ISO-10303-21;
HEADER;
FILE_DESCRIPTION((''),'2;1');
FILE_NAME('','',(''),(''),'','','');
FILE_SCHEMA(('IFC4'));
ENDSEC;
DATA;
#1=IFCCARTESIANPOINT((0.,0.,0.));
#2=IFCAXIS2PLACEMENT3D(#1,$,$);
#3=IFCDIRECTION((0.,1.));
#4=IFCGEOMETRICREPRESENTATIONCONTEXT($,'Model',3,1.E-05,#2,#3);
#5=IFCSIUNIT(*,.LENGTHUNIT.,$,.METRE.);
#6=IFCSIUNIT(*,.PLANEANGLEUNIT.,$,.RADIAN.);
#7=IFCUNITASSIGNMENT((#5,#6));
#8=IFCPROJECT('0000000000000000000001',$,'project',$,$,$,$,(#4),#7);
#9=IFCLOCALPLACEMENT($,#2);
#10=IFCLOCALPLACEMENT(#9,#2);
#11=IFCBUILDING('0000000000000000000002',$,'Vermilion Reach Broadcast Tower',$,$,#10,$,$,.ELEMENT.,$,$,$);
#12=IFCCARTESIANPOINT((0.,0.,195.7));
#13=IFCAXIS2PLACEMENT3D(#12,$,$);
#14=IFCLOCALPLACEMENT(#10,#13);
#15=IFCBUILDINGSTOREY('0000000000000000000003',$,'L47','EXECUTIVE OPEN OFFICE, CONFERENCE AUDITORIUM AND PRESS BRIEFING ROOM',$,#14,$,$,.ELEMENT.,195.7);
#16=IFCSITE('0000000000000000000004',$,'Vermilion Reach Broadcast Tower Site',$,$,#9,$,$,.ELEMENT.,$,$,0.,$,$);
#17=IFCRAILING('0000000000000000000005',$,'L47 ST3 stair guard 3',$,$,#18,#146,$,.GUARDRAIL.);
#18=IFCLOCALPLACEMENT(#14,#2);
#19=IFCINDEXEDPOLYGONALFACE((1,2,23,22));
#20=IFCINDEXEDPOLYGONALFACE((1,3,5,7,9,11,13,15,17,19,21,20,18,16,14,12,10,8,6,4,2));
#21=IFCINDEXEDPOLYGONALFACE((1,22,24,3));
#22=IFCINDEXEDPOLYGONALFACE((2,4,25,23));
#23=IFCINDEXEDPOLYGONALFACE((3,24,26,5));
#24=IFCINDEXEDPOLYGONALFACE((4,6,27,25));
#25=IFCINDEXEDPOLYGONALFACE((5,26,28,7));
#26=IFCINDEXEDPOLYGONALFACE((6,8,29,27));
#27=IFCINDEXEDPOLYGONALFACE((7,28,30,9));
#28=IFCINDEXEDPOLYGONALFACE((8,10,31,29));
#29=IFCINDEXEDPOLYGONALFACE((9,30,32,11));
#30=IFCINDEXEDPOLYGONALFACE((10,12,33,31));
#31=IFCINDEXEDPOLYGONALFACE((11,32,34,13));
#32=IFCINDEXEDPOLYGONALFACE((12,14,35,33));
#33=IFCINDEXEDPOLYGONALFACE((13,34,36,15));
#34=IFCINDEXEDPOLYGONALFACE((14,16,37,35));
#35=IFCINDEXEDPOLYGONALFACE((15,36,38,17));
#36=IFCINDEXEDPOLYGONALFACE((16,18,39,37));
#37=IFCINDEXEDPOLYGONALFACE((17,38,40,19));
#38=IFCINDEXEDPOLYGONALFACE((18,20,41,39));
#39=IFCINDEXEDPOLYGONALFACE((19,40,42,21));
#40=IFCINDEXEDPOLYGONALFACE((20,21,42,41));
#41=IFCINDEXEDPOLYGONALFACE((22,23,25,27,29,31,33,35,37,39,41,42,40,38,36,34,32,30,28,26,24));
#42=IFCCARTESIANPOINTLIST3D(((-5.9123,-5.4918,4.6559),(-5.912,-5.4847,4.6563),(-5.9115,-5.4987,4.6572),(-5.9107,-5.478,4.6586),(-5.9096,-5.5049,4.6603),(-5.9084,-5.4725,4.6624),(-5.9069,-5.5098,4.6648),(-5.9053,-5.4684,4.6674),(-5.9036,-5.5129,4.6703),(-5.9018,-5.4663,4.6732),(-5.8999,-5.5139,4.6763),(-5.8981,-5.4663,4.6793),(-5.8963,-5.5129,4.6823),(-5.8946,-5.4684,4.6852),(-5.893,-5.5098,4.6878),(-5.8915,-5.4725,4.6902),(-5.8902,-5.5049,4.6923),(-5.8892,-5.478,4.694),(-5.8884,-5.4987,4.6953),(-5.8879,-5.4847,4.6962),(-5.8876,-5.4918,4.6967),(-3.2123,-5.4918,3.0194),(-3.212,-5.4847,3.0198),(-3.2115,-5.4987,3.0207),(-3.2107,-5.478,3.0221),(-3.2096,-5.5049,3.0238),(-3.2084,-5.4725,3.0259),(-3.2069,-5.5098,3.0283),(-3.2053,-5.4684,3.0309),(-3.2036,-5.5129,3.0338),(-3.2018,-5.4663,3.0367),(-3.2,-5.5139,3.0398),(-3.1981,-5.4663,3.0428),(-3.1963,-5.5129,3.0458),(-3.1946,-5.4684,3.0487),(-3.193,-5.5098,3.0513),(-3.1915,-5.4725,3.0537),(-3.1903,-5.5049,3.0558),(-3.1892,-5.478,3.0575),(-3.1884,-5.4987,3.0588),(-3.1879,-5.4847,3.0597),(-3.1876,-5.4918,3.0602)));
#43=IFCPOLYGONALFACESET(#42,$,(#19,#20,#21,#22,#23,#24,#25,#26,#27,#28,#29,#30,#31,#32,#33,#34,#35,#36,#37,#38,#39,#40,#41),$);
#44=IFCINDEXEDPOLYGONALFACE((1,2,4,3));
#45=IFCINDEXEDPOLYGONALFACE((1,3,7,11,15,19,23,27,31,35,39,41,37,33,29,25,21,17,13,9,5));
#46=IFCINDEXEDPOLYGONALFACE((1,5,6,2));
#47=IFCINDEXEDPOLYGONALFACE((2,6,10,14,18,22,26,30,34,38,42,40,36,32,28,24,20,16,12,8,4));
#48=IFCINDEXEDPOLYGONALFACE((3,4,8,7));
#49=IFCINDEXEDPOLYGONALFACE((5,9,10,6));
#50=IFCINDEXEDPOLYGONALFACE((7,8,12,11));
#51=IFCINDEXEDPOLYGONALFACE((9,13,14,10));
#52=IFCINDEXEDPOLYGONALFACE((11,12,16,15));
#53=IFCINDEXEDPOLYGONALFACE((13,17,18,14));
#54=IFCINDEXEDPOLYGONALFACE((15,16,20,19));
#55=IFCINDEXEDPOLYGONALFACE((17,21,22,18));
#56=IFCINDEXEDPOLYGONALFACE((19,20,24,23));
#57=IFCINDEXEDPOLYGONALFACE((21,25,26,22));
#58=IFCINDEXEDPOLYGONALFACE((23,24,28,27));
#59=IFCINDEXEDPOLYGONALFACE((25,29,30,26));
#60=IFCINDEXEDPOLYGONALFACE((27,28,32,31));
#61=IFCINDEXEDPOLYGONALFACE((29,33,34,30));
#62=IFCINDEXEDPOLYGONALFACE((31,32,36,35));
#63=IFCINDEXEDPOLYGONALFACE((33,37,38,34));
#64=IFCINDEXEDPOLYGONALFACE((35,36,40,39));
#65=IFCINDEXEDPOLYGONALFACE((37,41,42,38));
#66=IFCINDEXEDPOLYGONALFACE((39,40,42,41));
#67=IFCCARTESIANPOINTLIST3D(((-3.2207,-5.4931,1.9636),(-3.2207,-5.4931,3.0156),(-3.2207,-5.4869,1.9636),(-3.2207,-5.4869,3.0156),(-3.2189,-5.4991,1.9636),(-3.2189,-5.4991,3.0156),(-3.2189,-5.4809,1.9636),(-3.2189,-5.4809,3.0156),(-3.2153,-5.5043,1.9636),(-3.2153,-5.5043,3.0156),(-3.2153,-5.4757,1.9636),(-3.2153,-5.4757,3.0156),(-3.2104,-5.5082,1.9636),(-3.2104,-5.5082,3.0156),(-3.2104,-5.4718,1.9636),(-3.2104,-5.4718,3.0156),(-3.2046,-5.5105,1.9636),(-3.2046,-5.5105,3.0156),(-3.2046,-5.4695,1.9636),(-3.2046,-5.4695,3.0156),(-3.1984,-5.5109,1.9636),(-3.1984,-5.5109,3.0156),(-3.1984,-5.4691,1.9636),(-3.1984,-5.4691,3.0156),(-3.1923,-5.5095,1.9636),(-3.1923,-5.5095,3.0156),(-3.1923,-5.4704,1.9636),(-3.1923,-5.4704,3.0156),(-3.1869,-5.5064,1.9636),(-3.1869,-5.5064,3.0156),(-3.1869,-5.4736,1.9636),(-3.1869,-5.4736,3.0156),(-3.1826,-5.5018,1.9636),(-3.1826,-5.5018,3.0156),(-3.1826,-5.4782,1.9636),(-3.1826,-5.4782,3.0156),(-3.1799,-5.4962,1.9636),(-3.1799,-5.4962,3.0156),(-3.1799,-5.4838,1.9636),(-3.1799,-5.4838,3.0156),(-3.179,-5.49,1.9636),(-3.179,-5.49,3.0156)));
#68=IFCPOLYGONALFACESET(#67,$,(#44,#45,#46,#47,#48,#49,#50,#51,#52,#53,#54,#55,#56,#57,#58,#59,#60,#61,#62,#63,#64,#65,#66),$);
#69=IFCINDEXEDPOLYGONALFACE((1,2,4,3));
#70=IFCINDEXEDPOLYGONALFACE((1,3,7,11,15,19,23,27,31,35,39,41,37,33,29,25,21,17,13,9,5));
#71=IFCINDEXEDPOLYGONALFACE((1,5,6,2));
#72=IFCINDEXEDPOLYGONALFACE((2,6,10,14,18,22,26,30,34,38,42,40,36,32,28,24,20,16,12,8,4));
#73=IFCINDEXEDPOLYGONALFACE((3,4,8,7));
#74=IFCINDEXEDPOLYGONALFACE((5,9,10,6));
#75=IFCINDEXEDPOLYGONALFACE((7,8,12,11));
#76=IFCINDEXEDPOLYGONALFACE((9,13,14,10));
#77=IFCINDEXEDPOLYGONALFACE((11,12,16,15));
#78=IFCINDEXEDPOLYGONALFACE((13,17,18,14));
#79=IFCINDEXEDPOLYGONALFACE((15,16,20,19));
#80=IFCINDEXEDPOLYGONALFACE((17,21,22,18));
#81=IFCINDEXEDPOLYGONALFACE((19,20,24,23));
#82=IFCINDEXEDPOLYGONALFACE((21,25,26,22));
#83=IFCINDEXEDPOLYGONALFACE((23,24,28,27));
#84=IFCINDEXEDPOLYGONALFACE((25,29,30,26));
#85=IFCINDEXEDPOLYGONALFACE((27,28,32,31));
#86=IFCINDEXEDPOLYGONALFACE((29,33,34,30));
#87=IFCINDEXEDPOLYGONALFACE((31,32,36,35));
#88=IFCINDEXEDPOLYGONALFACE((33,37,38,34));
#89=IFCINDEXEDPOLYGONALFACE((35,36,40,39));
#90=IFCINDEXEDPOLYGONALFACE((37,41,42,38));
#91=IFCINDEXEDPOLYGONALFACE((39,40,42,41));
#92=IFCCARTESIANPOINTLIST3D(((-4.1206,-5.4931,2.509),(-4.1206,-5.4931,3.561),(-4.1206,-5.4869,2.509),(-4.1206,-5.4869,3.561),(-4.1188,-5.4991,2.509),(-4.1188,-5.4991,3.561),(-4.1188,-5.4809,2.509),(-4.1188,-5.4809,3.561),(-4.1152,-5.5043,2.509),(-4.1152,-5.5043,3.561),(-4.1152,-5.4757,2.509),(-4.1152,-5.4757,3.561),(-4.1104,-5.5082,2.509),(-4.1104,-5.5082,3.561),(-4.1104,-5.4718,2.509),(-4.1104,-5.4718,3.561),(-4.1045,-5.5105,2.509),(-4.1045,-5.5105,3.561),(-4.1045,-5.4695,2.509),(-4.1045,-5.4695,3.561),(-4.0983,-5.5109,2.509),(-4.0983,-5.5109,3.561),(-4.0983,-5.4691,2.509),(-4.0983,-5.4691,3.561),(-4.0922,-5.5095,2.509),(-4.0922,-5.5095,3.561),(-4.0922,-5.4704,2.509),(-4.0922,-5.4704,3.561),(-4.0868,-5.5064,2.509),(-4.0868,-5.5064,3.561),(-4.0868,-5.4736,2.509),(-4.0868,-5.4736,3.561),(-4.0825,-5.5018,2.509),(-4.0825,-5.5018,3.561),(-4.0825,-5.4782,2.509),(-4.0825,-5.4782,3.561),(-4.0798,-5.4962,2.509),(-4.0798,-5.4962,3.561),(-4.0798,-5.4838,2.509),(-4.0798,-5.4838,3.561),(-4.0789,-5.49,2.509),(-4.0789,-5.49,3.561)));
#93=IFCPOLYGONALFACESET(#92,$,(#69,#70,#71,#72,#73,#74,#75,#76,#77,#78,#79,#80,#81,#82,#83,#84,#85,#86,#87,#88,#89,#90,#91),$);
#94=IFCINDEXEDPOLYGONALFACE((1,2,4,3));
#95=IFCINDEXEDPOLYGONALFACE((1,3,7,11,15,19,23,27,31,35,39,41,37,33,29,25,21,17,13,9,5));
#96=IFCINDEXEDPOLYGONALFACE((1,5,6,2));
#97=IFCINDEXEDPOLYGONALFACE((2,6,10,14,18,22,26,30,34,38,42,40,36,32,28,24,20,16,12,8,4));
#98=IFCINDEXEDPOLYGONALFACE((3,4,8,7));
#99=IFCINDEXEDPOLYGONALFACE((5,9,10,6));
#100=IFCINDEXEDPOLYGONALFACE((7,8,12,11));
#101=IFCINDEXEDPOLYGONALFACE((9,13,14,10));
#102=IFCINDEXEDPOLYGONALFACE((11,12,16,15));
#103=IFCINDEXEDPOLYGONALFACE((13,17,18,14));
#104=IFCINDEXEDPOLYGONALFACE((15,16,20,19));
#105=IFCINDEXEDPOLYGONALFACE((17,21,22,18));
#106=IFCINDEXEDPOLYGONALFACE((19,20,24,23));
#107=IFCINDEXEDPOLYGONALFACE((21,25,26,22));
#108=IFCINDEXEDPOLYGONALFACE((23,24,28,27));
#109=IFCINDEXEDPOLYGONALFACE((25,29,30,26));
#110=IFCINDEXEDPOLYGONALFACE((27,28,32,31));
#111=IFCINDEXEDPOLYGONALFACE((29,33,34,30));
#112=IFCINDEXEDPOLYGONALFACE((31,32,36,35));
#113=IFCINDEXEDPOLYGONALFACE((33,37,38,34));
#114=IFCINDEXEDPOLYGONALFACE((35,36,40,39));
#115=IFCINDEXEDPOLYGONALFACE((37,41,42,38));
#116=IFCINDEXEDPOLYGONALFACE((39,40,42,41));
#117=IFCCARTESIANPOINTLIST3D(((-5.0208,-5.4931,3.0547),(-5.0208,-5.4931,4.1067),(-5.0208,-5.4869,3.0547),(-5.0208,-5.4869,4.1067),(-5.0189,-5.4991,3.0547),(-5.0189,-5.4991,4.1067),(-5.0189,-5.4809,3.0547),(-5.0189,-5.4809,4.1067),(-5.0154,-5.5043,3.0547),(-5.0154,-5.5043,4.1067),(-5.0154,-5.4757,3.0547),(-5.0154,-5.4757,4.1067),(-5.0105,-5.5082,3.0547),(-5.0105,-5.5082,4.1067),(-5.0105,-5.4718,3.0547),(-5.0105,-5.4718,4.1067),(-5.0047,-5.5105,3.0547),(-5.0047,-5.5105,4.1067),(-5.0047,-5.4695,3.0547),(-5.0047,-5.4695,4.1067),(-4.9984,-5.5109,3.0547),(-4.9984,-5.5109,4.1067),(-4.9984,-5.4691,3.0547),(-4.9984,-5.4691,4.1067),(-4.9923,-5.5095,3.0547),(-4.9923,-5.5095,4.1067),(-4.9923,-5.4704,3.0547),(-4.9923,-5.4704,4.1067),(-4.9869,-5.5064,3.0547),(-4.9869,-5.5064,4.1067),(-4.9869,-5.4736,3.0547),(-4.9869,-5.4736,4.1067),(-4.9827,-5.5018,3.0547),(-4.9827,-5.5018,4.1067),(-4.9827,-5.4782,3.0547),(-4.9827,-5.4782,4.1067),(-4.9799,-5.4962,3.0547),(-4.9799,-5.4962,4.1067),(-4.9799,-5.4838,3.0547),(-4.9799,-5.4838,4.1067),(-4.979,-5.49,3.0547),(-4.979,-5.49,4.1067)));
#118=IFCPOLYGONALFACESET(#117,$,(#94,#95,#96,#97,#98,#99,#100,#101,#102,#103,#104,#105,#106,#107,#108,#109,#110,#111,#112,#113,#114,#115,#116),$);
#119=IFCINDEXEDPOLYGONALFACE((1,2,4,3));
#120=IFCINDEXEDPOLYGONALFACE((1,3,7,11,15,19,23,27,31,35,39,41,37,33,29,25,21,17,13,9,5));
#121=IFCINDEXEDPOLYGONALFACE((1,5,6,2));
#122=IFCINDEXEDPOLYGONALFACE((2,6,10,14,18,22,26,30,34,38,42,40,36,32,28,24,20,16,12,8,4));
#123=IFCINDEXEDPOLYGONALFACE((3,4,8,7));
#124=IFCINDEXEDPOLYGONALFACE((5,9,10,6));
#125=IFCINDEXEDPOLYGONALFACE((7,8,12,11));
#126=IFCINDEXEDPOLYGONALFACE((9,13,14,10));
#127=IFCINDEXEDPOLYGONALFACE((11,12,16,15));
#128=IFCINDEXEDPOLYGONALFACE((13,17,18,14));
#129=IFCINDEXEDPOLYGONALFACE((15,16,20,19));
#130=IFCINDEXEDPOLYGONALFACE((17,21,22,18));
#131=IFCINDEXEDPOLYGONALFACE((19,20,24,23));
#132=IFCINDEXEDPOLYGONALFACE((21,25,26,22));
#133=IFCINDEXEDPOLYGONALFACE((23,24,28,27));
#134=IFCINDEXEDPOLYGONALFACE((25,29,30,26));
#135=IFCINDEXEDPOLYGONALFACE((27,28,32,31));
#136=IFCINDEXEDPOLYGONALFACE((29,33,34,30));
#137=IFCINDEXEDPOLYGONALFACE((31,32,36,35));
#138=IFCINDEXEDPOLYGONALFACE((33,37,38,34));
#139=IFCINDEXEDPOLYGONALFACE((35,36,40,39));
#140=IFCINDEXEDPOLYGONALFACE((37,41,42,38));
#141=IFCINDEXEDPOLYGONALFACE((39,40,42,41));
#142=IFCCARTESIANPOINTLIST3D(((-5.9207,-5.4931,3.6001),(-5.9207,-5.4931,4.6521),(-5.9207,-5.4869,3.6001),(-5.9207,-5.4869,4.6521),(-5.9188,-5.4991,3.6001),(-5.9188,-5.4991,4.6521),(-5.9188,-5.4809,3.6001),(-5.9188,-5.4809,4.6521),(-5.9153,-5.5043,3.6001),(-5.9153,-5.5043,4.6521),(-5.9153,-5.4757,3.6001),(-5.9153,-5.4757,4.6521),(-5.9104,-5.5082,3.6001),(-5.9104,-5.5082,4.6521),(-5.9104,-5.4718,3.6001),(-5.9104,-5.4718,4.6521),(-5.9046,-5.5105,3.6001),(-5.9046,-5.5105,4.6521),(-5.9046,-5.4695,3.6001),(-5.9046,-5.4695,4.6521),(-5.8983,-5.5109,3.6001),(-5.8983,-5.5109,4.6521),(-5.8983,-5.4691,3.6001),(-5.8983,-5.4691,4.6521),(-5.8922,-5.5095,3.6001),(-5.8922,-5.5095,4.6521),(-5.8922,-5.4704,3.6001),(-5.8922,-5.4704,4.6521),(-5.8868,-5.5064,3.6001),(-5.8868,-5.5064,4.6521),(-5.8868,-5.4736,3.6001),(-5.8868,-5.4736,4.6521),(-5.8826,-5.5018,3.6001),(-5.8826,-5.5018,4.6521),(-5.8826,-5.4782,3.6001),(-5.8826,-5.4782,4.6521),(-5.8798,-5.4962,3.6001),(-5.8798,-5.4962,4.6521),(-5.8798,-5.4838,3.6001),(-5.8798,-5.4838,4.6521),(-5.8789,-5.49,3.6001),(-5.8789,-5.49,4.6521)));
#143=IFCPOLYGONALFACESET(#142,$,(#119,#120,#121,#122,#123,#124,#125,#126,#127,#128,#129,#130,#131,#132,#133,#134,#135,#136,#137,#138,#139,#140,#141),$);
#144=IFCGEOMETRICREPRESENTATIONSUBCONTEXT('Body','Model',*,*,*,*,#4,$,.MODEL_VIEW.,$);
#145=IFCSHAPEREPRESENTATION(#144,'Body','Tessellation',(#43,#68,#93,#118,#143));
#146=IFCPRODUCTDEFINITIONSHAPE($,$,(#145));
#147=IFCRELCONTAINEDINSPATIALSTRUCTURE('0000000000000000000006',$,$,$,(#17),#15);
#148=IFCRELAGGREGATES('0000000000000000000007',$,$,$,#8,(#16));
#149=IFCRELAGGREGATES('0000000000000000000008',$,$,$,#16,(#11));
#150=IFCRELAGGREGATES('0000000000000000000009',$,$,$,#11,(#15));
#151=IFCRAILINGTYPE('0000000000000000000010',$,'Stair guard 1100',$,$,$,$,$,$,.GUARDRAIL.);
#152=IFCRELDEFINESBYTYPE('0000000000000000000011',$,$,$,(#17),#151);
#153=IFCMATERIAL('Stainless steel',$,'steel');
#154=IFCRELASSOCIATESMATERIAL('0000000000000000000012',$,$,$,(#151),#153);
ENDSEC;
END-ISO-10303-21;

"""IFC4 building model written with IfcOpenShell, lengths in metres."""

from ifc_helpers import new_model, si_unit, direction, frame, origin, origin_2d, place, context, subcontext, project, spatial, circle, extrude, material, type_object, element, save


model = new_model("IFC4")

# Units and contexts
model_context = context("Model", 3, precision=1e-05, world=origin(), true_north=direction((0.0, 1.0)))
body_context = subcontext(model_context, "Body", "Model", "MODEL_VIEW")
ifc_project = project(units=[si_unit("LENGTHUNIT", "METRE"), si_unit("PLANEANGLEUNIT", "RADIAN")], contexts=[model_context])

# Site, building, storey
site_placement = place(None, origin())
site = spatial("IfcSite", under=ifc_project, at=site_placement, Name="Vermilion Reach Broadcast Tower Site", CompositionType="ELEMENT", RefElevation=0.0)
building_placement = place(site_placement, origin())
building = spatial("IfcBuilding", under=site, at=building_placement, Name="Vermilion Reach Broadcast Tower", CompositionType="ELEMENT")
storey_placement = place(building_placement, frame((0.0, 0.0, 195.7)))
storey = spatial("IfcBuildingStorey", under=building, at=storey_placement, Name="L47", Description="EXECUTIVE OPEN OFFICE, CONFERENCE AUDITORIUM AND PRESS BRIEFING ROOM", CompositionType="ELEMENT", Elevation=195.7)

# Railing
ifc_material_1 = material(Name="Stainless steel", Category="steel")
railing_type_1 = type_object("IfcRailingType", Name="Stair guard 1100", PredefinedType="GUARDRAIL", material=ifc_material_1)
railing_1_placement = place(storey_placement, frame((-3.2, -5.49, 1.9636)))
element("IfcRailing", 1, at=railing_1_placement, inside=storey, type_object=railing_type_1, Name="L47 ST3 stair guard 3", PredefinedType="GUARDRAIL", context=body_context, shape_type="SweptSolid", body=[
    extrude(circle(Radius=0.0239, at=origin_2d()), frame((0.0, 0.0, 1.0762), z_axis=(-0.855178, 0.0, 0.518334), x_axis=(0.0, -1.0, 0.0)), (0.0, 0.0, 1.0), 3.1572),
    extrude(circle(Radius=0.021, at=origin_2d()), origin(), (0.0, 0.0, 1.0), 1.052),
    extrude(circle(Radius=0.021, at=origin_2d()), frame((-0.8999, 0.0, 0.5454)), (0.0, 0.0, 1.0), 1.052),
    extrude(circle(Radius=0.021, at=origin_2d()), frame((-1.8, 0.0, 1.0911)), (0.0, 0.0, 1.0), 1.052),
    extrude(circle(Radius=0.021, at=origin_2d()), frame((-2.7, 0.0, 1.6365)), (0.0, 0.0, 1.0), 1.052),
])

save(model, "model.ifc")
